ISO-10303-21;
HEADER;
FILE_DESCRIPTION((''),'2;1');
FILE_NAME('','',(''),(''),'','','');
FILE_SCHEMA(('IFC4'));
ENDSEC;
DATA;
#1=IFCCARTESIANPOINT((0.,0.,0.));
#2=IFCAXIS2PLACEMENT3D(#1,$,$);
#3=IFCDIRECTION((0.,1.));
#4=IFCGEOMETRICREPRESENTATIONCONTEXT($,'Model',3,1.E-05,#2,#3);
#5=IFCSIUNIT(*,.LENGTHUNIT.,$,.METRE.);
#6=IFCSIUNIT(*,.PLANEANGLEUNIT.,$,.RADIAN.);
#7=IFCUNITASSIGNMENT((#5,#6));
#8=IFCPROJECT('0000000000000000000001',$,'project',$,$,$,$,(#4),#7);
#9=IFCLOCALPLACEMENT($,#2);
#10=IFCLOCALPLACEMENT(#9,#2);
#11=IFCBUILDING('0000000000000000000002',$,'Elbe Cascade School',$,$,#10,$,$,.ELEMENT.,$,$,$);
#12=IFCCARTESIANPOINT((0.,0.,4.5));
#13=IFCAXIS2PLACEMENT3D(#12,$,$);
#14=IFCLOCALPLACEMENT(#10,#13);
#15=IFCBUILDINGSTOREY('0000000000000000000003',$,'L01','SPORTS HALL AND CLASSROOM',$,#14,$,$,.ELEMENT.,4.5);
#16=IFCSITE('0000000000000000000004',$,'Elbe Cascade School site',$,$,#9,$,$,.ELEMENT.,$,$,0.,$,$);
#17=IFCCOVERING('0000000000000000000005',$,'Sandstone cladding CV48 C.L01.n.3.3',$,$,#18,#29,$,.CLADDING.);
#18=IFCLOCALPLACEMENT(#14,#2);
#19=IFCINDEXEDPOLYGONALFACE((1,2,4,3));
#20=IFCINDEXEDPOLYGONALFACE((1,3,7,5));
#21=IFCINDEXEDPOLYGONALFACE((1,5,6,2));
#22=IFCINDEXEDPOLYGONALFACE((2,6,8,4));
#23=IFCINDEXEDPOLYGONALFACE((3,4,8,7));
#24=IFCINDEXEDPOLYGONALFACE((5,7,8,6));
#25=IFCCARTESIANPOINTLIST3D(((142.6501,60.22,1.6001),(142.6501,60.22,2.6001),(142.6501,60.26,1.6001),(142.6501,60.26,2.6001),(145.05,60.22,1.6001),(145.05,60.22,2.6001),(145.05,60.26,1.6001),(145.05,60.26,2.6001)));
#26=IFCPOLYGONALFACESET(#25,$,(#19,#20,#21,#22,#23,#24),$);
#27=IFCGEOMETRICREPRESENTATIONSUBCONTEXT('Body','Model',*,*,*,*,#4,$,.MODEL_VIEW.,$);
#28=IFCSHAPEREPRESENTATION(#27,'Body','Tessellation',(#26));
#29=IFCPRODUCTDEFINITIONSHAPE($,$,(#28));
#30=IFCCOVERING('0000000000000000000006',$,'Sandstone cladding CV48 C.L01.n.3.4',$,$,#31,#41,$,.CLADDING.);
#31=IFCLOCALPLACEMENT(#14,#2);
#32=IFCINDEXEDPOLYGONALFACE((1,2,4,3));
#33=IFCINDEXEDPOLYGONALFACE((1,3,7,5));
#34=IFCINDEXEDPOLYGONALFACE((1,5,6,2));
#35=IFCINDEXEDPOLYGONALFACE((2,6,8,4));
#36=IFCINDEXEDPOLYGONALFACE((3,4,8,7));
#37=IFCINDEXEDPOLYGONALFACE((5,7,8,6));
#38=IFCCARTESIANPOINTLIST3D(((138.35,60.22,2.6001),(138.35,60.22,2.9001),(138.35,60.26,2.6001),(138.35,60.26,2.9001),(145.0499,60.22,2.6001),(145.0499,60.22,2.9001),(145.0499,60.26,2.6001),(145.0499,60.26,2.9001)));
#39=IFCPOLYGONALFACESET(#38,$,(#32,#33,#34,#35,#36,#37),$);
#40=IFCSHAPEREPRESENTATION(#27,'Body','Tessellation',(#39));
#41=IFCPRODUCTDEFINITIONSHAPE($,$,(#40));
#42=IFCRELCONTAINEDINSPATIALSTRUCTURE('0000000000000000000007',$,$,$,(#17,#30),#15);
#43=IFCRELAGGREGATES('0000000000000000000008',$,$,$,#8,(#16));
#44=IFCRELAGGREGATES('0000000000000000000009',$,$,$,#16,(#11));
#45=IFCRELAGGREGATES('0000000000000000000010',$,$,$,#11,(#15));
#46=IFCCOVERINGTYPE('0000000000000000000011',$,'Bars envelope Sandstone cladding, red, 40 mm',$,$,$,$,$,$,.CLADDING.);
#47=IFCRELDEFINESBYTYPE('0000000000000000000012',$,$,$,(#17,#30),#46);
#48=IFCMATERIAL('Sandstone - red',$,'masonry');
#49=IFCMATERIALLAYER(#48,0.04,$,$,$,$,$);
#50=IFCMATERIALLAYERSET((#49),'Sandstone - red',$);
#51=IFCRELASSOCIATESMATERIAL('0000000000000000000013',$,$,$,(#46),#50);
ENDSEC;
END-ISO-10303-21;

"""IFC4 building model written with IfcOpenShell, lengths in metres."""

from ifc_helpers import new_model, si_unit, direction, frame, origin, origin_2d, place, context, subcontext, project, spatial, rectangle, extrude, material, layer, layer_set, type_object, element, save


model = new_model("IFC4")

# Units and contexts
model_context = context("Model", 3, precision=1e-05, world=origin(), true_north=direction((0.0, 1.0)))
body_context = subcontext(model_context, "Body", "Model", "MODEL_VIEW")
ifc_project = project(units=[si_unit("LENGTHUNIT", "METRE"), si_unit("PLANEANGLEUNIT", "RADIAN")], contexts=[model_context])

# Site, building, storey
site_placement = place(None, origin())
site = spatial("IfcSite", under=ifc_project, at=site_placement, Name="Elbe Cascade School site", CompositionType="ELEMENT", RefElevation=0.0)
building_placement = place(site_placement, origin())
building = spatial("IfcBuilding", under=site, at=building_placement, Name="Elbe Cascade School", CompositionType="ELEMENT")
storey_placement = place(building_placement, frame((0.0, 0.0, 4.5)))
storey = spatial("IfcBuildingStorey", under=building, at=storey_placement, Name="L01", Description="SPORTS HALL AND CLASSROOM", CompositionType="ELEMENT", Elevation=4.5)

# Coverings
ifc_material_1 = material(Name="Sandstone - red", Category="masonry")
ifc_layer_1 = layer(ifc_material_1, 0.04)
ifc_layer_set_1 = layer_set([ifc_layer_1], Name="Sandstone - red")
covering_type_1 = type_object("IfcCoveringType", Name="Bars envelope Sandstone cladding, red, 40 mm", PredefinedType="CLADDING", material=ifc_layer_set_1)
covering_1_placement = place(storey_placement, frame((143.8501, 60.24, 1.6001), z_axis=(0.0, 0.0, 1.0), x_axis=(1.0, 0.0, 0.0)))
element("IfcCovering", 1, at=covering_1_placement, inside=storey, type_object=covering_type_1, Name="Sandstone cladding CV48 C.L01.n.3.3", PredefinedType="CLADDING", context=body_context, shape_type="SweptSolid", body=[
    extrude(rectangle(XDim=2.3999, YDim=0.04, at=origin_2d()), origin(), (0.0, 0.0, 1.0), 1.0),
])
covering_2_placement = place(storey_placement, frame((141.7, 60.24, 2.6001), z_axis=(0.0, 0.0, 1.0), x_axis=(1.0, 0.0, 0.0)))
element("IfcCovering", 2, at=covering_2_placement, inside=storey, type_object=covering_type_1, Name="Sandstone cladding CV48 C.L01.n.3.4", PredefinedType="CLADDING", context=body_context, shape_type="SweptSolid", body=[
    extrude(rectangle(XDim=6.7, YDim=0.04, at=origin_2d()), origin(), (0.0, 0.0, 1.0), 0.3),
])

save(model, "model.ifc")
